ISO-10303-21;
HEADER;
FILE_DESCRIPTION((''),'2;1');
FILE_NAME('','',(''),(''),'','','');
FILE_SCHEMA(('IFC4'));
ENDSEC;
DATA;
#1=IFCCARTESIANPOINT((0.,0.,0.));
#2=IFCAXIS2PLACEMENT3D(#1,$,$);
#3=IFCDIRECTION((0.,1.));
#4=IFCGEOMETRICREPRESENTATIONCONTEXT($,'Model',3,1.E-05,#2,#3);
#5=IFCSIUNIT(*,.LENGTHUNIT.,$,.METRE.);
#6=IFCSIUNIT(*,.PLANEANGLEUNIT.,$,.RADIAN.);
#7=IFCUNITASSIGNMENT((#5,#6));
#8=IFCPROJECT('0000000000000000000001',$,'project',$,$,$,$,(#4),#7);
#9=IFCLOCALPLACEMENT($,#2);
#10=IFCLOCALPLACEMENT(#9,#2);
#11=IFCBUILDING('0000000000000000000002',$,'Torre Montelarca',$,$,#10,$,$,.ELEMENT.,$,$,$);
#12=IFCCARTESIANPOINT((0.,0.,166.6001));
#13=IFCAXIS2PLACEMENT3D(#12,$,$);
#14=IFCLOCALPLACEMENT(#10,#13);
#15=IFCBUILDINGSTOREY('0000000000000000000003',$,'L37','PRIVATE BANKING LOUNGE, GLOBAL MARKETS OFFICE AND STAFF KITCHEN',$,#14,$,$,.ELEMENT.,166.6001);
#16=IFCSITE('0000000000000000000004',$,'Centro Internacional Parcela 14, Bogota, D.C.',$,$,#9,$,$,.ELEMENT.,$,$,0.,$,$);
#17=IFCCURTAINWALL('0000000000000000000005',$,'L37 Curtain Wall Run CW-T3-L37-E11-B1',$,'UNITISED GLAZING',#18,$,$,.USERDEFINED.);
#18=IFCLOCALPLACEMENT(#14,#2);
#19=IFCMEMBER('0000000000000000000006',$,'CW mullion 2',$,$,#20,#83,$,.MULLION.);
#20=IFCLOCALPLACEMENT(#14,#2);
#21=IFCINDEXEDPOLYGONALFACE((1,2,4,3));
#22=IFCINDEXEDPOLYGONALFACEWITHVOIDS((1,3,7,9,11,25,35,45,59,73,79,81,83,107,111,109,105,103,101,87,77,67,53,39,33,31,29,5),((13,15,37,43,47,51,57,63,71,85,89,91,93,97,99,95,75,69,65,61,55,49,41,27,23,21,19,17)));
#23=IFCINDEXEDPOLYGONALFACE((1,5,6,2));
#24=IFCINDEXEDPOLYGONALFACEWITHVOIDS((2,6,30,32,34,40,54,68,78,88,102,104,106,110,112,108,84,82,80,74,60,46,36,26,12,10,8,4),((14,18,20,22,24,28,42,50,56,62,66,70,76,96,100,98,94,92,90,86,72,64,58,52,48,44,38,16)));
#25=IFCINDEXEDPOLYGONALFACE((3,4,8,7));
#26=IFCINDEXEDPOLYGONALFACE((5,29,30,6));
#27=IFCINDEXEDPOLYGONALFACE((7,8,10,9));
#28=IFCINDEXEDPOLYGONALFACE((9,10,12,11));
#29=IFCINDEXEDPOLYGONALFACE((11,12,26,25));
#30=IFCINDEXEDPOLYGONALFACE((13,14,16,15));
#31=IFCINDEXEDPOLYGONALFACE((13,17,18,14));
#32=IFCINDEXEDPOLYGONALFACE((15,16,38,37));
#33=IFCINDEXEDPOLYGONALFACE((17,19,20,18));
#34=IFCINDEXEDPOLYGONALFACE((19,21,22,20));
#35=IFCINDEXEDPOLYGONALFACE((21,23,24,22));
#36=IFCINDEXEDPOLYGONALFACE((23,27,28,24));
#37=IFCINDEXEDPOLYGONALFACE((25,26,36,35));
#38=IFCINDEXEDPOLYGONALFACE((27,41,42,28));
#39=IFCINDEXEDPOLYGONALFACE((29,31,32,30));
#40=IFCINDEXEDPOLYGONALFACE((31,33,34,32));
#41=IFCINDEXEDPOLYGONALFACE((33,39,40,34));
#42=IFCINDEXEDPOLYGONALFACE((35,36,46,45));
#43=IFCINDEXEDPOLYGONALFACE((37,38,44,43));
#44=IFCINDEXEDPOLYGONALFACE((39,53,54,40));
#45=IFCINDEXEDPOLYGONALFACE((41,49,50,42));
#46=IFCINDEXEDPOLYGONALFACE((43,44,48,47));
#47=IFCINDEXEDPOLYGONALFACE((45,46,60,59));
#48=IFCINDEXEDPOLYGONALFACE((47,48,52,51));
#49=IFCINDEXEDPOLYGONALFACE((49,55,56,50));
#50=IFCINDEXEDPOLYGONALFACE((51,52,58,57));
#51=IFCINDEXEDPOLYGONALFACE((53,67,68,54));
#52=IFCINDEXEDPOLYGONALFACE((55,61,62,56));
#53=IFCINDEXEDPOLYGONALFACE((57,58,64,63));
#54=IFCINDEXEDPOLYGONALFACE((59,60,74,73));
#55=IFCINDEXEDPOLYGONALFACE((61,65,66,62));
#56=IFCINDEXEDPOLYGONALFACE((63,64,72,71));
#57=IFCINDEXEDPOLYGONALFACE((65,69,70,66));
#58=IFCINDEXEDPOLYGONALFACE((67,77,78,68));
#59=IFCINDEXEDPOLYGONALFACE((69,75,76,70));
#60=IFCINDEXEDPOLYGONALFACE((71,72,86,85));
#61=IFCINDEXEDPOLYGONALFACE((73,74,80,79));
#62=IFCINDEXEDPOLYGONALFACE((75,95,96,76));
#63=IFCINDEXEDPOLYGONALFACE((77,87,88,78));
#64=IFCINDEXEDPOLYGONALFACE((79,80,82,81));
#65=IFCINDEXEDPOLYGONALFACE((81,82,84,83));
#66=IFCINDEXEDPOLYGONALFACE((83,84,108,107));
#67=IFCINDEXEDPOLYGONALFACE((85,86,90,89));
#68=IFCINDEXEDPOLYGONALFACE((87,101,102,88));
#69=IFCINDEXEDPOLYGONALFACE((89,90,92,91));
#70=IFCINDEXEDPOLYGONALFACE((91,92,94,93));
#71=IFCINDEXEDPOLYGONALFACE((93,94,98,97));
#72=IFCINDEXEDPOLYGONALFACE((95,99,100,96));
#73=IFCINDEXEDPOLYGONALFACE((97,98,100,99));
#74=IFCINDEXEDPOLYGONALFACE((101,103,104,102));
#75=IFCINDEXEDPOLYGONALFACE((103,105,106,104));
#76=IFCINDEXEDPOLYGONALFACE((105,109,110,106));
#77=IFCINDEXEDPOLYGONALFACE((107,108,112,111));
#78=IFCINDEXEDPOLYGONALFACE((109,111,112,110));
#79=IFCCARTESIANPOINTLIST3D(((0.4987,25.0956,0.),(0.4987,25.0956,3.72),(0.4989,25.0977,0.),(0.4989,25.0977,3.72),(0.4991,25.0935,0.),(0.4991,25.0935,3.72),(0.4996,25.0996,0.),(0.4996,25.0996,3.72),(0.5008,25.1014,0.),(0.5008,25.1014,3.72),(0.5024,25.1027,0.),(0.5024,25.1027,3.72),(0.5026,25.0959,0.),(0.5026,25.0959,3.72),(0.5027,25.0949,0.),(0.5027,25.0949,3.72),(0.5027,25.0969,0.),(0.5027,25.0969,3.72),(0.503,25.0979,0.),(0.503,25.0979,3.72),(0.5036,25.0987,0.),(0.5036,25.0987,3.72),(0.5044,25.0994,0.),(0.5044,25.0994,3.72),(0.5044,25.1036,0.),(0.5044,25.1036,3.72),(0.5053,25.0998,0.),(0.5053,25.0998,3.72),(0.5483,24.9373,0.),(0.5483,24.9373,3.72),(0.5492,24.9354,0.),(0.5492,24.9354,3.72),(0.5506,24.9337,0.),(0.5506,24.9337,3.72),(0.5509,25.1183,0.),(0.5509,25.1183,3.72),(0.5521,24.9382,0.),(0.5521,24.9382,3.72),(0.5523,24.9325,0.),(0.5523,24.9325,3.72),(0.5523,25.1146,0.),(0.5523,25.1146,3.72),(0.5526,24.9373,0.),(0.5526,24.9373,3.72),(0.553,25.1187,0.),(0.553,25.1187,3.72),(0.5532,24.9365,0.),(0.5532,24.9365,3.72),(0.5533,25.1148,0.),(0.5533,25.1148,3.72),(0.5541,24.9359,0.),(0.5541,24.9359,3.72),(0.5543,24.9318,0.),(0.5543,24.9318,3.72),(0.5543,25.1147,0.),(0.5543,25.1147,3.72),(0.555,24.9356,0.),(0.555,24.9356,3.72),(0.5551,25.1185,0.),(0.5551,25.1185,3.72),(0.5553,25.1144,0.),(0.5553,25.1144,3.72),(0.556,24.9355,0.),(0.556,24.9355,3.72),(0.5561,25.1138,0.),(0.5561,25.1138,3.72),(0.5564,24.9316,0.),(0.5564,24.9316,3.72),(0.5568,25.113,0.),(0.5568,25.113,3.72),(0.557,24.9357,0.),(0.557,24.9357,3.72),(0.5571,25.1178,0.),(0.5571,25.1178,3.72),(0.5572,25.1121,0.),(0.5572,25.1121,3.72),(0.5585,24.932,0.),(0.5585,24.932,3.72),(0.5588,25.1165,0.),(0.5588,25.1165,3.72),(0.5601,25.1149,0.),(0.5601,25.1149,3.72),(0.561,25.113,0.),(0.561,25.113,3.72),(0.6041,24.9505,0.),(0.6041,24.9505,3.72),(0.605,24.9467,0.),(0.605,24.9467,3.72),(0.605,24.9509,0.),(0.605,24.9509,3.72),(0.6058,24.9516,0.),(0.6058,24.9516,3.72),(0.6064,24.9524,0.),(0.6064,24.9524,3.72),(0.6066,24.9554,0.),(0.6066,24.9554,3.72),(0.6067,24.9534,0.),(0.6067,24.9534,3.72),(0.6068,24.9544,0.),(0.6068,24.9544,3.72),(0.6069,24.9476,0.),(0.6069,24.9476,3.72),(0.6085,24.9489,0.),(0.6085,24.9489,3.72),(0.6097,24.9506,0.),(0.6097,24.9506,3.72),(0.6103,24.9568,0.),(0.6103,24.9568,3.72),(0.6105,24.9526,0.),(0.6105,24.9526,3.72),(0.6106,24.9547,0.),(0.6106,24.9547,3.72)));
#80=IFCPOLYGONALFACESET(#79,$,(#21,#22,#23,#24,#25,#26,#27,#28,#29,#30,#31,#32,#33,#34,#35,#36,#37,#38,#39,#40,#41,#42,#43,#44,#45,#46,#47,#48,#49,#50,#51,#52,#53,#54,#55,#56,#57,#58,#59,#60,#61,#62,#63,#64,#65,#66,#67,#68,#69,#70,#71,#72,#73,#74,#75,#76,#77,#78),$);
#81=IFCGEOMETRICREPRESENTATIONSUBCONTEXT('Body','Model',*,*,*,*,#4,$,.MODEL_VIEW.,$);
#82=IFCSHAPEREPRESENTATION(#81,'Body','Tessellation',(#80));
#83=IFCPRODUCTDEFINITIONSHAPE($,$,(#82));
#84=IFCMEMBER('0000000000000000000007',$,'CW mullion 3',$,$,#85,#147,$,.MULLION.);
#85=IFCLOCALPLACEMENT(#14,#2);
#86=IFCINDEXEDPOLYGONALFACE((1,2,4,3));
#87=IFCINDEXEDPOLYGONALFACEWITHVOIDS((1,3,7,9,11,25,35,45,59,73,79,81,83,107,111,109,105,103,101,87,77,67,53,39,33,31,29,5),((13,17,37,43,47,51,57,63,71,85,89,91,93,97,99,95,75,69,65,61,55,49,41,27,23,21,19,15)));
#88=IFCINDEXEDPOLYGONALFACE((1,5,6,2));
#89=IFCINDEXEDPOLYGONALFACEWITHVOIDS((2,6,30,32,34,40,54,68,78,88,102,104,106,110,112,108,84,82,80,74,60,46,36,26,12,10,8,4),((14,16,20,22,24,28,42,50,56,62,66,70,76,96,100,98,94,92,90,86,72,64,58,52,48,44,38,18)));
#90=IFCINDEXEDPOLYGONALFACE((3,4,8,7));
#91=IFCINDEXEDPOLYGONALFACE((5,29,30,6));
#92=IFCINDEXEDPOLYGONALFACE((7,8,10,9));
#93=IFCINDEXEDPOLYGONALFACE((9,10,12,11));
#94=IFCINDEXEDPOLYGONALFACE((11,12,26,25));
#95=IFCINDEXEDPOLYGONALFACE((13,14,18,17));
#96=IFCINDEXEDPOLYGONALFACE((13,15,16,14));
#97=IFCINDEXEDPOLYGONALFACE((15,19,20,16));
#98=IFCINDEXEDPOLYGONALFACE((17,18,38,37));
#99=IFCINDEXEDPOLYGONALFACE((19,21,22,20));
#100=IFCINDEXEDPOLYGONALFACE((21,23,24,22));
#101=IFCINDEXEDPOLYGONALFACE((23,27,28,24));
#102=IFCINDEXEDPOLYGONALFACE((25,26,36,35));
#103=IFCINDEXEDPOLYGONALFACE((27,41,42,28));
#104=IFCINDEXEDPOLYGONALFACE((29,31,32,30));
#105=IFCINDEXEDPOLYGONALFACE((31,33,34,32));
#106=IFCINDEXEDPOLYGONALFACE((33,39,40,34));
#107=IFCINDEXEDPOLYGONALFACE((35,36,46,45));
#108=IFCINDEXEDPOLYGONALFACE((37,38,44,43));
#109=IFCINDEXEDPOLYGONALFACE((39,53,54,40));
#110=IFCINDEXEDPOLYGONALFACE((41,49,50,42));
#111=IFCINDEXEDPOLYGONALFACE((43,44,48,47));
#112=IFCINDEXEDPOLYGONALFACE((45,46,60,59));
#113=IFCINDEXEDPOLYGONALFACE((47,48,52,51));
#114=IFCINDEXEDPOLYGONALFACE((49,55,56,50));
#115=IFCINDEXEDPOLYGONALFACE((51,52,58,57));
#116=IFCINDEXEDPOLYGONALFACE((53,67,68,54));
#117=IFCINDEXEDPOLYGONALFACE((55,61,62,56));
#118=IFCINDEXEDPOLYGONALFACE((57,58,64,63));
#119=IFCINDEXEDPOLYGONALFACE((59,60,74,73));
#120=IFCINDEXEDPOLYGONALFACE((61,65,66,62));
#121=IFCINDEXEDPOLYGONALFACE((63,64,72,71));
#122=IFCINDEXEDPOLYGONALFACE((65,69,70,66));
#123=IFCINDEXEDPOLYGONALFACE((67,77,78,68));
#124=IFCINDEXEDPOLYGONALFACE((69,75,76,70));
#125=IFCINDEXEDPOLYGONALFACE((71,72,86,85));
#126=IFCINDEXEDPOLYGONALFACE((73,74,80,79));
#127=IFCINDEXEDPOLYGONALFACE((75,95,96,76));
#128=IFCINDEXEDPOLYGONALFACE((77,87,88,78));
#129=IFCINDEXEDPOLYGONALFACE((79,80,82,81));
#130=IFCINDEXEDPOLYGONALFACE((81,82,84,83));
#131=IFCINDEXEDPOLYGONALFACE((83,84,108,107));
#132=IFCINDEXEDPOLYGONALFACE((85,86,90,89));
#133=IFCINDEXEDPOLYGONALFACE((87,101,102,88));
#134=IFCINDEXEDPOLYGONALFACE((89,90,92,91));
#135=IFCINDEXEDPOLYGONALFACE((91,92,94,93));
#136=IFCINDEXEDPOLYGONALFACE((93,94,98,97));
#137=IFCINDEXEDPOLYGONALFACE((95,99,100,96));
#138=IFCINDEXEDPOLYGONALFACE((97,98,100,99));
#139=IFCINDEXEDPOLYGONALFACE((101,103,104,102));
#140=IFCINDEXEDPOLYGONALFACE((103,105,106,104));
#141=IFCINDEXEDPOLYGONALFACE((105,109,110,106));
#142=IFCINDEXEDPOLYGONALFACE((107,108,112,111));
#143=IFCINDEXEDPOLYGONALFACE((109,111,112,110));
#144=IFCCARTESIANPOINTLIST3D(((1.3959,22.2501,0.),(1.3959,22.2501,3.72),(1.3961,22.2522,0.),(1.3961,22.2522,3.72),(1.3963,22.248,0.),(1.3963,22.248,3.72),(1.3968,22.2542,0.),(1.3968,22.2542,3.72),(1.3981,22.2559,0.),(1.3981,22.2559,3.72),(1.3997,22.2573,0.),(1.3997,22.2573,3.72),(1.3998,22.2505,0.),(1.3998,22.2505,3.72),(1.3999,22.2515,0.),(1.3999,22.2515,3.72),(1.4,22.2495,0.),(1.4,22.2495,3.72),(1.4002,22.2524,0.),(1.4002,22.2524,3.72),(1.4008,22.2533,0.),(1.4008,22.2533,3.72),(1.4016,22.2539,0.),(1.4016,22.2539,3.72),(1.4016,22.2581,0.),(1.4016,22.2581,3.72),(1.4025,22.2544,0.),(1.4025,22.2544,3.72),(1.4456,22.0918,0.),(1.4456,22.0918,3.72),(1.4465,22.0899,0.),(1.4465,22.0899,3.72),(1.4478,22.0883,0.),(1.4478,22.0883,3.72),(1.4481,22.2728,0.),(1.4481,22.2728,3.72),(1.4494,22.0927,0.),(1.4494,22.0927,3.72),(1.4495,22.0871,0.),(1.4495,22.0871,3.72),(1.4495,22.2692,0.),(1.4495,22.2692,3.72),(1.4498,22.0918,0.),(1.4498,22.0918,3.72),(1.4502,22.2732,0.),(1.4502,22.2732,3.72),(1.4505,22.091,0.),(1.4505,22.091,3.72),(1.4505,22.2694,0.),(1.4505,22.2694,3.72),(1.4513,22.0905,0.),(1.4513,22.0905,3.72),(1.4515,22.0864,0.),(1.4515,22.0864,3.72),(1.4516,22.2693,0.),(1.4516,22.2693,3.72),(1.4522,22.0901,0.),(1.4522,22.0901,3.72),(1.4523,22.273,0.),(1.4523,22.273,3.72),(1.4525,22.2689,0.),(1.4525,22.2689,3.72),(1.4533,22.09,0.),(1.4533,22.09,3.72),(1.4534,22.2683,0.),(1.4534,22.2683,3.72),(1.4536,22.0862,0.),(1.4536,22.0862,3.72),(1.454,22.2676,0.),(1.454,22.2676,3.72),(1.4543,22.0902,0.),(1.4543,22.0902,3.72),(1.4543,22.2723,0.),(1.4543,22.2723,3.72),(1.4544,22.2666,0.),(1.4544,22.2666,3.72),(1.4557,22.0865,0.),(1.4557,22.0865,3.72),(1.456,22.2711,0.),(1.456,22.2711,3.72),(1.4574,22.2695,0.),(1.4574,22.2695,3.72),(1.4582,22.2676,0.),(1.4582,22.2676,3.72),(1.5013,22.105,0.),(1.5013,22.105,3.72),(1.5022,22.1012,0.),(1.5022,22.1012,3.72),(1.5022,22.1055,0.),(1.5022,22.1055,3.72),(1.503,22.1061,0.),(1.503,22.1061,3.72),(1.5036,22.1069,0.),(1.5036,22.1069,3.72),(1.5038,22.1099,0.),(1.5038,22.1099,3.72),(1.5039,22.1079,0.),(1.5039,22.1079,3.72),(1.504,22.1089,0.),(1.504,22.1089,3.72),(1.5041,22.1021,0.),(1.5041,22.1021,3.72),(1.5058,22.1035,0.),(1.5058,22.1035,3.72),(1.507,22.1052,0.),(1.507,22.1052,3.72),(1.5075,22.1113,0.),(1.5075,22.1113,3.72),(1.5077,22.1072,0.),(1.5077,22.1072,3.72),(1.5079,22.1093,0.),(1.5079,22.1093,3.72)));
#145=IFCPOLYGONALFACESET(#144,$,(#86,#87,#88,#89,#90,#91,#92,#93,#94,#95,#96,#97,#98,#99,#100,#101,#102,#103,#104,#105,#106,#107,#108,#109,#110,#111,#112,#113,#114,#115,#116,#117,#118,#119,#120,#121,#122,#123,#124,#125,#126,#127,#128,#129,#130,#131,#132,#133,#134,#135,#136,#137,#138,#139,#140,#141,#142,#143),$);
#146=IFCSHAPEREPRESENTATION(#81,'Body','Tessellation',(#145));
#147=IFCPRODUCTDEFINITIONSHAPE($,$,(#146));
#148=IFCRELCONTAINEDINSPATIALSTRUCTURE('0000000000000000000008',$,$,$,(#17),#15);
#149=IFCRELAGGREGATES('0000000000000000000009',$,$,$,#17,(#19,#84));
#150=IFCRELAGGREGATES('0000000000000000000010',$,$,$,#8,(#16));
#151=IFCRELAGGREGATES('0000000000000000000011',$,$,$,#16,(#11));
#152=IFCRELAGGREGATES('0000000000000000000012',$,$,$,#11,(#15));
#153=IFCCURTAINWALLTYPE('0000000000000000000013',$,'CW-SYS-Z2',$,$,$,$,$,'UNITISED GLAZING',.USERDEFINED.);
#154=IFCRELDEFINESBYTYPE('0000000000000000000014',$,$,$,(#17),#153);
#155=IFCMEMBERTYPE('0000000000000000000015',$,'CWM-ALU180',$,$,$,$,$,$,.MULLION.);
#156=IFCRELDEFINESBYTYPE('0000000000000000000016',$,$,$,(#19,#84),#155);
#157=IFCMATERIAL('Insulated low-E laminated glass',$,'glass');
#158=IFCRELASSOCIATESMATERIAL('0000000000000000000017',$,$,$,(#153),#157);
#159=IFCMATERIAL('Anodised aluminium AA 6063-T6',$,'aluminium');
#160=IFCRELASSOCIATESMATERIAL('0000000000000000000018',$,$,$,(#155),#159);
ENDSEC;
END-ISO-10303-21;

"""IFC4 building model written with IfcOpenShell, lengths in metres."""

from ifc_helpers import new_model, si_unit, direction, frame, origin, origin_2d, place, context, subcontext, project, spatial, hollow_rectangle, extrude, source, transform, mapped, material, material_profile, profile_set, type_object, element, aggregate, save


model = new_model("IFC4")

# Units and contexts
model_context = context("Model", 3, precision=1e-05, world=origin(), true_north=direction((0.0, 1.0)))
body_context = subcontext(model_context, "Body", "Model", "MODEL_VIEW")
ifc_project = project(units=[si_unit("LENGTHUNIT", "METRE"), si_unit("PLANEANGLEUNIT", "RADIAN")], contexts=[model_context])

# Site, building, storey
site_placement = place(None, origin())
site = spatial("IfcSite", under=ifc_project, at=site_placement, Name="Centro Internacional Parcela 14, Bogota, D.C.", CompositionType="ELEMENT", RefElevation=0.0)
building_placement = place(site_placement, origin())
building = spatial("IfcBuilding", under=site, at=building_placement, Name="Torre Montelarca", CompositionType="ELEMENT")
storey_placement = place(building_placement, frame((0.0, 0.0, 166.6001)))
storey = spatial("IfcBuildingStorey", under=building, at=storey_placement, Name="L37", Description="PRIVATE BANKING LOUNGE, GLOBAL MARKETS OFFICE AND STAFF KITCHEN", CompositionType="ELEMENT", Elevation=166.6001)

# Curtain wall
ifc_material_1 = material(Name="Insulated low-E laminated glass", Category="glass")
curtain_wall_type = type_object("IfcCurtainWallType", Name="CW-SYS-Z2", ElementType="UNITISED GLAZING", PredefinedType="USERDEFINED", material=ifc_material_1)
curtain_wall_1_placement = place(storey_placement, origin())
curtain_wall_1 = element("IfcCurtainWall", 1, at=curtain_wall_1_placement, inside=storey, type_object=curtain_wall_type, Name="L37 Curtain Wall Run CW-T3-L37-E11-B1", ObjectType="UNITISED GLAZING", PredefinedType="USERDEFINED")
ifc_material_2 = material(Name="Anodised aluminium AA 6063-T6", Category="aluminium")

# Shared definitions
ifc_material_profile_1 = material_profile(ifc_material_2, hollow_rectangle(XDim=0.0649, YDim=0.1799, WallThickness=0.0039, InnerFilletRadius=0.0039, OuterFilletRadius=0.0081, at=origin_2d()), Name="ALU65X180X4", Category="aluminium")
ifc_profile_set_1 = profile_set([ifc_material_profile_1], Name="Anodised aluminium AA 6063-T6")
member_type_1 = type_object("IfcMemberType", Name="CWM-ALU180", PredefinedType="MULLION", material=ifc_profile_set_1)
shared_shape_1 = source(origin(), body_context, "Body", "SweptSolid", [
    extrude(hollow_rectangle(XDim=0.0649, YDim=0.1799, WallThickness=0.0039, InnerFilletRadius=0.0039, OuterFilletRadius=0.0081, at=origin_2d()), origin(), (0.0, 0.0, 1.0), 3.72),
])

# Members
member_1_placement = place(storey_placement, frame((0.5547, 25.0251, 0.0), z_axis=(0.0, 0.0, 1.0), x_axis=(0.953724, 0.300684, 0.0)))
member_1 = element("IfcMember", 2, at=member_1_placement, type_object=member_type_1, Name="CW mullion 2", PredefinedType="MULLION", context=body_context, shape_type="MappedRepresentation", body=[
    mapped(shared_shape_1, transform((0.0, 0.0, 0.0), scale=1.0)),
])
member_2_placement = place(storey_placement, frame((1.4519, 22.1797, 0.0), z_axis=(0.0, 0.0, 1.0), x_axis=(0.953724, 0.300684, 0.0)))
member_2 = element("IfcMember", 3, at=member_2_placement, type_object=member_type_1, Name="CW mullion 3", PredefinedType="MULLION", context=body_context, shape_type="MappedRepresentation", body=[
    mapped(shared_shape_1, transform((0.0, 0.0, 0.0), scale=1.0)),
])

aggregate(curtain_wall_1, [member_1, member_2])

save(model, "model.ifc")
